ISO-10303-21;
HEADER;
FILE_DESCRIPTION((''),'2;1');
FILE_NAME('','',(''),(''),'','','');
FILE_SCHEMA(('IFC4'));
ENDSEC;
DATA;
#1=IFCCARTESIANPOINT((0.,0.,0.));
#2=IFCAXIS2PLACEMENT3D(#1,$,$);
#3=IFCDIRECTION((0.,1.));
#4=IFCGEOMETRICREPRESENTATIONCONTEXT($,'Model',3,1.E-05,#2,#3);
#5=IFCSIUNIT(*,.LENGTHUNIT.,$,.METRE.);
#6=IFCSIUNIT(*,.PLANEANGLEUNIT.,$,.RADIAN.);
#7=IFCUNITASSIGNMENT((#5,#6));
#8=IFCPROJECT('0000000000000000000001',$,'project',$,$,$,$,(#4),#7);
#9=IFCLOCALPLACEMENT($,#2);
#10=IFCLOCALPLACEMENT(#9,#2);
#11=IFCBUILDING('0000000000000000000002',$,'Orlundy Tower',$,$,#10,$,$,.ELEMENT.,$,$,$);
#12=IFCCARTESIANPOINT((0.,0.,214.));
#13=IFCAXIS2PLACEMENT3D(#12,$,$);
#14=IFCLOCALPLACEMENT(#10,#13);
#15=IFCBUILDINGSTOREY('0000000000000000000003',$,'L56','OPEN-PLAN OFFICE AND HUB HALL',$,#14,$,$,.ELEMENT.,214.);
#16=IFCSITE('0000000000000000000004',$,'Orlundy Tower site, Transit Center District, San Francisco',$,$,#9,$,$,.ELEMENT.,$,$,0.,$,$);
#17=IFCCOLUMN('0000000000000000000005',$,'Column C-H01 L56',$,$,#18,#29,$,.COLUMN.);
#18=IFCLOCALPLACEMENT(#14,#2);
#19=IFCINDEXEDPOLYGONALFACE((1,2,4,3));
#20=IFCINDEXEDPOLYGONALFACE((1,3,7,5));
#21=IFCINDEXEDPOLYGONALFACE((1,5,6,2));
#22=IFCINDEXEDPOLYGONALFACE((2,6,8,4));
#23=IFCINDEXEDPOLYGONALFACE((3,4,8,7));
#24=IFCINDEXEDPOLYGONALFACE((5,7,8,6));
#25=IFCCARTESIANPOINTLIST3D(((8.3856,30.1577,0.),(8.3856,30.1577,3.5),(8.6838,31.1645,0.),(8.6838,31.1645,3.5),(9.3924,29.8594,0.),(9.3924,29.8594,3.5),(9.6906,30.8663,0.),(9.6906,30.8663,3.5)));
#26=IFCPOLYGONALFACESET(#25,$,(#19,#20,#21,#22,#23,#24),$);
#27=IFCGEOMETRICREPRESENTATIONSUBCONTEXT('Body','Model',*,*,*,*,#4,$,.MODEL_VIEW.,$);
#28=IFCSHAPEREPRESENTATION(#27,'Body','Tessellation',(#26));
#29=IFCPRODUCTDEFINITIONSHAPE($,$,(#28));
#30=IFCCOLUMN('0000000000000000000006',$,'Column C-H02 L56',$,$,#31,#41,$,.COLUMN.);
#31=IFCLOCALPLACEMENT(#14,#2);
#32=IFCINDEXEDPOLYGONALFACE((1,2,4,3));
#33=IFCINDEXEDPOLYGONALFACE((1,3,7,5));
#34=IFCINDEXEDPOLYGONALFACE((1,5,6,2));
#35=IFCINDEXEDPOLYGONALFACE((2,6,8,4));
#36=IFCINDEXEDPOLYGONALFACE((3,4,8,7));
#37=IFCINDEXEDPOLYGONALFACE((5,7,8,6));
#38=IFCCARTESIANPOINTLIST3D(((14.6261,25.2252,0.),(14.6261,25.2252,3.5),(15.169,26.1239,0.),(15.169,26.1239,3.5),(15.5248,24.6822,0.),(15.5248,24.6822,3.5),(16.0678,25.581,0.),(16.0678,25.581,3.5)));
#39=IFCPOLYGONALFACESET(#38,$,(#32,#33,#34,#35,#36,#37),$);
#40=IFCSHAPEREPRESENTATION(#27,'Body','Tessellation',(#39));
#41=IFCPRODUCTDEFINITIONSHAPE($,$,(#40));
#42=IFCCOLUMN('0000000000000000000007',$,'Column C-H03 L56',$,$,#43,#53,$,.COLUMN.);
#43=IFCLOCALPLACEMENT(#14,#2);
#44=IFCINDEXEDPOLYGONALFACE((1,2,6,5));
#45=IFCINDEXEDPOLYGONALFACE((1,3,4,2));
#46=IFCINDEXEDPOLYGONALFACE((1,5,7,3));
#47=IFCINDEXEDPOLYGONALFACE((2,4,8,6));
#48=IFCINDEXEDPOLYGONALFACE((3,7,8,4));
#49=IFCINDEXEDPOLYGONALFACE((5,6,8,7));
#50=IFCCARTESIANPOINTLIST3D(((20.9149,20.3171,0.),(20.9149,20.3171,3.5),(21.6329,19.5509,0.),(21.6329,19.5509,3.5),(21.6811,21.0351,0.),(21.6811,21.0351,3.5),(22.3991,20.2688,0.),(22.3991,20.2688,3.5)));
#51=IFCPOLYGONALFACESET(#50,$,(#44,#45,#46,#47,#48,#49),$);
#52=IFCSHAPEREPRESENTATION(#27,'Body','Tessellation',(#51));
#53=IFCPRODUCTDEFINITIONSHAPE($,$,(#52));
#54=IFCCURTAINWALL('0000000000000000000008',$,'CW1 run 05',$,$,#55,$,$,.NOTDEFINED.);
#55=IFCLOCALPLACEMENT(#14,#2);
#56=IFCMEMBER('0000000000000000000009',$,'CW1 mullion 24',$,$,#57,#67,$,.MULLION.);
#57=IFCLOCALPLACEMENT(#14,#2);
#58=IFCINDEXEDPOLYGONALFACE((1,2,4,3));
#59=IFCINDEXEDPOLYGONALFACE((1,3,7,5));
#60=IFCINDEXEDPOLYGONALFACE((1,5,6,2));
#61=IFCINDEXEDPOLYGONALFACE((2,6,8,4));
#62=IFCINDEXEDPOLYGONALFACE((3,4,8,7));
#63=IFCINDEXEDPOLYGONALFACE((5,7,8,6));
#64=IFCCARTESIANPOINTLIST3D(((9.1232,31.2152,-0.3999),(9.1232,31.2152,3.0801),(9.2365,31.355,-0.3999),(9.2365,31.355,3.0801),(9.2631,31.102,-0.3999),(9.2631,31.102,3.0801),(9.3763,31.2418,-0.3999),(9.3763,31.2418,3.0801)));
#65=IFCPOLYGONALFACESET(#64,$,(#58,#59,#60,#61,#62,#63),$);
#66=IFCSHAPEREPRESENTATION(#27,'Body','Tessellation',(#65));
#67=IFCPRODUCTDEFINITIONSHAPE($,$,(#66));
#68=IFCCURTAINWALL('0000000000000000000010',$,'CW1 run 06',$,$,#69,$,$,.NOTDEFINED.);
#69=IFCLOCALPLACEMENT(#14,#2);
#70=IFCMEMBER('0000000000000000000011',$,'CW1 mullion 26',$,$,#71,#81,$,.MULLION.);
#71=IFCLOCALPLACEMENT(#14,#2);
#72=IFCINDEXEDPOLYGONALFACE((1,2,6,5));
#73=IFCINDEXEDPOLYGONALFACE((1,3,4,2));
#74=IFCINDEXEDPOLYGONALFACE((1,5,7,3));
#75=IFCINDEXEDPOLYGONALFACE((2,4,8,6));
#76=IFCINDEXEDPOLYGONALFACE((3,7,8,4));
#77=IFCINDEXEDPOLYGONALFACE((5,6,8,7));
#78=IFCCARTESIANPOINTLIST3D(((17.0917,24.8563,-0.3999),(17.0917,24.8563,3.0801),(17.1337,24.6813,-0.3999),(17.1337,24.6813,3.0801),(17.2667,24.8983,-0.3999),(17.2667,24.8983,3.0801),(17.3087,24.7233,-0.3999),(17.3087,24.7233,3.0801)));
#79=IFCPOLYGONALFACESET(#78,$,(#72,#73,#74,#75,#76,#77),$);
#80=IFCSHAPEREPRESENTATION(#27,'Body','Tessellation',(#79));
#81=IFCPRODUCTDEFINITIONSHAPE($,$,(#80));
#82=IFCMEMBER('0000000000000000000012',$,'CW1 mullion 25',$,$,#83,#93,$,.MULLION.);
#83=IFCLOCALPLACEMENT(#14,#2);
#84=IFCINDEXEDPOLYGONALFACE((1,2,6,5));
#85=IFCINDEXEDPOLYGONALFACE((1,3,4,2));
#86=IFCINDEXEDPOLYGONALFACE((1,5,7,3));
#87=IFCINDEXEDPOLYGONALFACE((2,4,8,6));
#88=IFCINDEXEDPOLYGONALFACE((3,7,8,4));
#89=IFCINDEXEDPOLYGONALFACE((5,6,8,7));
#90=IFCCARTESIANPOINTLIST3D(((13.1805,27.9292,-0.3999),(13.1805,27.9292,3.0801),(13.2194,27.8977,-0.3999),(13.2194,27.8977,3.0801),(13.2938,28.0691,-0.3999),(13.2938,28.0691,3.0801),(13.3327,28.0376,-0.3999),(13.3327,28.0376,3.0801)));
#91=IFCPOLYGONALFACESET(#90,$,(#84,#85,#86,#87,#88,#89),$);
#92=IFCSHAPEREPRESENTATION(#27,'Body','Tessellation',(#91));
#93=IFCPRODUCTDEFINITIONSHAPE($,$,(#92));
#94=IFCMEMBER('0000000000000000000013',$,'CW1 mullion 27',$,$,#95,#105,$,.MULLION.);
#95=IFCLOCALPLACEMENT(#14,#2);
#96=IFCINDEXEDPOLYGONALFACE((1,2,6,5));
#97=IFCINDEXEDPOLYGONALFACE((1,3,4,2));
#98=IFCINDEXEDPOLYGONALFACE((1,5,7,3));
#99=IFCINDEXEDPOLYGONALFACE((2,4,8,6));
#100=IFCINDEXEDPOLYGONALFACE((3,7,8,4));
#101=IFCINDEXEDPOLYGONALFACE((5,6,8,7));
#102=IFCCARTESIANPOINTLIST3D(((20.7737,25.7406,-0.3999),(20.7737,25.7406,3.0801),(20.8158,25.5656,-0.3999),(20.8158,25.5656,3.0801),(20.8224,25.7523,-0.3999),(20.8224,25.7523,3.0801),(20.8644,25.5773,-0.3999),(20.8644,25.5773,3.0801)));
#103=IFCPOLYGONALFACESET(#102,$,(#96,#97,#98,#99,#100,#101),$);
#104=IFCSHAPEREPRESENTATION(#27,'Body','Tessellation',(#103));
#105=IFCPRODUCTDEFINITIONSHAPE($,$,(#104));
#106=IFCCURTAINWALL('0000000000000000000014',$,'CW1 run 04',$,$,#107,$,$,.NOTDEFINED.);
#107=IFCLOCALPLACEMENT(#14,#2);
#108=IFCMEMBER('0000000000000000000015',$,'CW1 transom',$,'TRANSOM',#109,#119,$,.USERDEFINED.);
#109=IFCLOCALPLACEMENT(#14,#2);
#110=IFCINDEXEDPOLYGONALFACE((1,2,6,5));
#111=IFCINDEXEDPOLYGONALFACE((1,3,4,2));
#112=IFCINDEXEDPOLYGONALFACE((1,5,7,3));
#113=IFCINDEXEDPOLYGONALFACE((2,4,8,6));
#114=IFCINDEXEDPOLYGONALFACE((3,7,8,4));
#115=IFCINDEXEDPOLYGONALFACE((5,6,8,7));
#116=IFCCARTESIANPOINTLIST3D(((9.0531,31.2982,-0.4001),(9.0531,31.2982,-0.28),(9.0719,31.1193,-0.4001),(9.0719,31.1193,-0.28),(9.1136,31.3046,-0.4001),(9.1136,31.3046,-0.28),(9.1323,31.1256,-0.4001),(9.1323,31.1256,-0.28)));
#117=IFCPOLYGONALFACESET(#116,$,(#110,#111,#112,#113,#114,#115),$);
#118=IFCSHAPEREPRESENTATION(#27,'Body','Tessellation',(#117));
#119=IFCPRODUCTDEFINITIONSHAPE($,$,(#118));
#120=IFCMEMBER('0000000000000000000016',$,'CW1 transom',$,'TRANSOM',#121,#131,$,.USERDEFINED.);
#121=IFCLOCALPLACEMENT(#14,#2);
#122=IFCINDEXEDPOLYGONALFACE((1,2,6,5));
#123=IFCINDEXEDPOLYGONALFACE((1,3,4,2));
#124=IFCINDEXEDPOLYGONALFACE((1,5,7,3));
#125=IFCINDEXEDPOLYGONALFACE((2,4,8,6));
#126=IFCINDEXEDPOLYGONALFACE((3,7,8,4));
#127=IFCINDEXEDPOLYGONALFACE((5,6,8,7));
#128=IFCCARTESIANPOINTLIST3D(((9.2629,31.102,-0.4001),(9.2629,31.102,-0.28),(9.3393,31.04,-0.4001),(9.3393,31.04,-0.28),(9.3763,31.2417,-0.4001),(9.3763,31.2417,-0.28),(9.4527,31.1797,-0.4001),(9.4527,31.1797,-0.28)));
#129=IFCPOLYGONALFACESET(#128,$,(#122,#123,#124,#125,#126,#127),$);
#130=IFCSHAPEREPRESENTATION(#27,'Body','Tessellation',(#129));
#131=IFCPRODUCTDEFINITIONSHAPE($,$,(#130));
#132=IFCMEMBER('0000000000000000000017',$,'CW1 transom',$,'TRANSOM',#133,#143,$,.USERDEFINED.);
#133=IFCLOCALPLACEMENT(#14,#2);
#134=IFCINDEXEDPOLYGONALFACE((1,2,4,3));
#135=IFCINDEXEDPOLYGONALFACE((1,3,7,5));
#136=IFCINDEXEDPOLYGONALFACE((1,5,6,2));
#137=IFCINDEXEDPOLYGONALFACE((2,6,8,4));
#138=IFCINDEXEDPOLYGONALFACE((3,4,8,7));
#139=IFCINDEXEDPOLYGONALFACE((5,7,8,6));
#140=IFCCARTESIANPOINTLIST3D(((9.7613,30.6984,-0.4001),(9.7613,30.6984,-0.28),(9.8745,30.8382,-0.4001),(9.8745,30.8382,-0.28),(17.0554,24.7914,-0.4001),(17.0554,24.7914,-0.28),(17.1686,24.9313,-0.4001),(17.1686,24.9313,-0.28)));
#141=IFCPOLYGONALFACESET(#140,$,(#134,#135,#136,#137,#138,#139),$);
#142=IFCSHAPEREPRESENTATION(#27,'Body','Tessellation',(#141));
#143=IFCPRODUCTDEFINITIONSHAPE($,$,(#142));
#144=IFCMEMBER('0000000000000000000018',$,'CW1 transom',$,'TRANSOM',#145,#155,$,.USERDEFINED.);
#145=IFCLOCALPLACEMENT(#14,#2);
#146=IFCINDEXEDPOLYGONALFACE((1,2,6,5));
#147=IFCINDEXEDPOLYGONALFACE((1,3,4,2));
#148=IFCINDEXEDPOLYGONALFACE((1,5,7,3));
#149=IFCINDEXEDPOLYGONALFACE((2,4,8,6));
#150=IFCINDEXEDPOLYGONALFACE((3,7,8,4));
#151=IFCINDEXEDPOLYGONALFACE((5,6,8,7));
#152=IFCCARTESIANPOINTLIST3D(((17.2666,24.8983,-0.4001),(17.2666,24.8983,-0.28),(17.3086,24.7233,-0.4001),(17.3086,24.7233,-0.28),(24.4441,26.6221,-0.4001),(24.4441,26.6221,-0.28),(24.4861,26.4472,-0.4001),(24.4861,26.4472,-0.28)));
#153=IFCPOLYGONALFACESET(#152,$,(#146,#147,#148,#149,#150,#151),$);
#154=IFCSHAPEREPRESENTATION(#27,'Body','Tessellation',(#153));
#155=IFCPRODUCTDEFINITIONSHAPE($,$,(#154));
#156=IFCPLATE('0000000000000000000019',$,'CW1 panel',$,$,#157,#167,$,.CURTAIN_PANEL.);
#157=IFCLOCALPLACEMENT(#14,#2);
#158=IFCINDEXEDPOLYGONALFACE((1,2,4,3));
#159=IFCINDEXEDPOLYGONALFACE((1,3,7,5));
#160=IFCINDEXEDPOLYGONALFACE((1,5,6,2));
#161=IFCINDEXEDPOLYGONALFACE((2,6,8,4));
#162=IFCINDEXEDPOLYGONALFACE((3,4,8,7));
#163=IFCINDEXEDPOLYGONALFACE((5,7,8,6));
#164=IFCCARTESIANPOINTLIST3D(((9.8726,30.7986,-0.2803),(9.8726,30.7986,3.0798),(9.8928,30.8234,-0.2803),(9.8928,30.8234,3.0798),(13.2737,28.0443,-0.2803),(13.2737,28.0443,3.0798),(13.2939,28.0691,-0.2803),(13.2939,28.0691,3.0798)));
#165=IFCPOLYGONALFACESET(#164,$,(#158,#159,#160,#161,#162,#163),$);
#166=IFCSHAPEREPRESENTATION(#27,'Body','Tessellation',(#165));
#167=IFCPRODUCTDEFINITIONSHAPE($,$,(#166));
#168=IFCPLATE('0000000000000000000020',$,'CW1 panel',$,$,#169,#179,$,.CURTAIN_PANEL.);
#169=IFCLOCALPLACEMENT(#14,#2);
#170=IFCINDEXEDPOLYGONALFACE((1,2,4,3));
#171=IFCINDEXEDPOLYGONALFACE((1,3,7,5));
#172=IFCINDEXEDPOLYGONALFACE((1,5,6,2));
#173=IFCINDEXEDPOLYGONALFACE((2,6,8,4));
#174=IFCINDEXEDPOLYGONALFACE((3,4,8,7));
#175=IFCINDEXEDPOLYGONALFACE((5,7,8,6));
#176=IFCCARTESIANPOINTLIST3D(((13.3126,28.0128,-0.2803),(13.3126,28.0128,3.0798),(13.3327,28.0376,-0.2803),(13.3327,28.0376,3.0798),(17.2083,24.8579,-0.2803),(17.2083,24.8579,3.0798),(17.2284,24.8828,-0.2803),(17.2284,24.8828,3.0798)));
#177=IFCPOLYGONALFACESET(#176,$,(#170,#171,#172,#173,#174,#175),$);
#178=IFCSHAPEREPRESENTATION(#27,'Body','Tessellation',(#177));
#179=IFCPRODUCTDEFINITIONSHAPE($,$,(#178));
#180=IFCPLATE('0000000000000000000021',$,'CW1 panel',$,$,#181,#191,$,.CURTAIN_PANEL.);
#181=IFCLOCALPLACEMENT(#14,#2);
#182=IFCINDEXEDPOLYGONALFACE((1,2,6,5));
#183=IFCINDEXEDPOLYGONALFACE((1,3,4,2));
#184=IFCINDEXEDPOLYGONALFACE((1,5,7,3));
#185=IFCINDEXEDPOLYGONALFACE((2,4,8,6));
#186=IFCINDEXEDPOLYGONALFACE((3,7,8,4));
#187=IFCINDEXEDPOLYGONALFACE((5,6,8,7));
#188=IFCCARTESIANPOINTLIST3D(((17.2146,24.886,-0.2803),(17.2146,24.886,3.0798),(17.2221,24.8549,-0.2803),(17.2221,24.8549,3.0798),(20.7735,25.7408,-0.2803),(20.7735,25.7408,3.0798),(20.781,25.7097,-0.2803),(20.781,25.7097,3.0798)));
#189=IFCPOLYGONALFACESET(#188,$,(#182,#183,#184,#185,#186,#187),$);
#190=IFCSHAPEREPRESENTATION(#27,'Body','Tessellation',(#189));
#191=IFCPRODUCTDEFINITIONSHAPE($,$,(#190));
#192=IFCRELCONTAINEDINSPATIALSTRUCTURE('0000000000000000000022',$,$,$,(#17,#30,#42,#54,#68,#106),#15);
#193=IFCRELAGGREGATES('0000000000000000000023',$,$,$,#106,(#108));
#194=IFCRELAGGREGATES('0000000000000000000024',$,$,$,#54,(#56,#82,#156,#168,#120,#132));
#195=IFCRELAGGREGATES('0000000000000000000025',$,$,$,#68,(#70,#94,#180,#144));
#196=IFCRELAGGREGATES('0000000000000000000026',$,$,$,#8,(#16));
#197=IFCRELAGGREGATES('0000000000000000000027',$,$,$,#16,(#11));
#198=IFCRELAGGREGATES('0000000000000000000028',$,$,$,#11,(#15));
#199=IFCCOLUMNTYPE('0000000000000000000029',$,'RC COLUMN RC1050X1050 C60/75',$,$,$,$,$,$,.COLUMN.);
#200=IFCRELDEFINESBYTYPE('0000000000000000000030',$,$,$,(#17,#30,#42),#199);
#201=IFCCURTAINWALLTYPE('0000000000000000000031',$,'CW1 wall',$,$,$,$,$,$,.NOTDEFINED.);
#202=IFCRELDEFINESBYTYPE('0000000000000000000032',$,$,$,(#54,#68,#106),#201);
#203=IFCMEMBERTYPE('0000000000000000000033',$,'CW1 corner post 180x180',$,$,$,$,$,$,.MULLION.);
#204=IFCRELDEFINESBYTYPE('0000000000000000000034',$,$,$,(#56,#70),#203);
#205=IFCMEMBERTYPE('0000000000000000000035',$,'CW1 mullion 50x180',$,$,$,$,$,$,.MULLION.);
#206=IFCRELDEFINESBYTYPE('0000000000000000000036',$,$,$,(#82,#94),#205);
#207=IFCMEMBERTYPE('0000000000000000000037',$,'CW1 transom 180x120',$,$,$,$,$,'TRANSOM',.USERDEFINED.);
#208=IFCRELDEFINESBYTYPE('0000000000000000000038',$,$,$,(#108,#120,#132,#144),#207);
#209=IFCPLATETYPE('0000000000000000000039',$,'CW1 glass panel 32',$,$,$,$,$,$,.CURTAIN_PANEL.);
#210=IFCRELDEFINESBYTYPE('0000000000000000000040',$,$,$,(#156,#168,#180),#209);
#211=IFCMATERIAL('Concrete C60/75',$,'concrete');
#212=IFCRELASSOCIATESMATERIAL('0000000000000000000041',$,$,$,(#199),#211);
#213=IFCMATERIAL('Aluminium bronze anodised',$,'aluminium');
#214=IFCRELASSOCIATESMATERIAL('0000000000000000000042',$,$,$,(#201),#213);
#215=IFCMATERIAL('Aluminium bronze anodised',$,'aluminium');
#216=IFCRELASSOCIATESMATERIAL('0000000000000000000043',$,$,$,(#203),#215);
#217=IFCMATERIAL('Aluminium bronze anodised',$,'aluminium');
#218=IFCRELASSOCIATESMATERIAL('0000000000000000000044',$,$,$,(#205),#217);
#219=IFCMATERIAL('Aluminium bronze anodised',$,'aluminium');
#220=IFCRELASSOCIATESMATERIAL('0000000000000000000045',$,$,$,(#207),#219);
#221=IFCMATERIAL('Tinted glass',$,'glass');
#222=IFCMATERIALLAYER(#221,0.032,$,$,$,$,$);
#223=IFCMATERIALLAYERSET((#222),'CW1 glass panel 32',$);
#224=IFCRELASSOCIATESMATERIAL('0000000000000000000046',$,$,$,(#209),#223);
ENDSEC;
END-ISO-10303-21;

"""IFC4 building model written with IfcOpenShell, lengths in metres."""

from ifc_helpers import new_model, si_unit, direction, frame, origin, origin_2d, place, context, subcontext, project, spatial, rectangle, extrude, material, layer, layer_set, material_profile, profile_set, type_object, element, aggregate, save


model = new_model("IFC4")

# Units and contexts
model_context = context("Model", 3, precision=1e-05, world=origin(), true_north=direction((0.0, 1.0)))
body_context = subcontext(model_context, "Body", "Model", "MODEL_VIEW")
ifc_project = project(units=[si_unit("LENGTHUNIT", "METRE"), si_unit("PLANEANGLEUNIT", "RADIAN")], contexts=[model_context])

# Site, building, storey
site_placement = place(None, origin())
site = spatial("IfcSite", under=ifc_project, at=site_placement, Name="Orlundy Tower site, Transit Center District, San Francisco", CompositionType="ELEMENT", RefElevation=0.0)
building_placement = place(site_placement, origin())
building = spatial("IfcBuilding", under=site, at=building_placement, Name="Orlundy Tower", CompositionType="ELEMENT")
storey_placement = place(building_placement, frame((0.0, 0.0, 214.0)))
storey = spatial("IfcBuildingStorey", under=building, at=storey_placement, Name="L56", Description="OPEN-PLAN OFFICE AND HUB HALL", CompositionType="ELEMENT", Elevation=214.0)

# Columns
ifc_material_1 = material(Name="Concrete C60/75", Category="concrete")
ifc_material_profile_1 = material_profile(ifc_material_1, rectangle(XDim=1.05, YDim=1.05, at=origin_2d()), Name="RC1050X1050")
ifc_profile_set_1 = profile_set([ifc_material_profile_1], Name="Concrete C60/75")
column_type = type_object("IfcColumnType", Name="RC COLUMN RC1050X1050 C60/75", PredefinedType="COLUMN", material=ifc_profile_set_1)
for number, where, z_axis, x_axis, name in (
    (1, (9.0381, 30.512, 0.0), (0.0, 0.0, 1.0), (0.284015, 0.95882, 0.0), "Column C-H01 L56"),
    (2, (15.3469, 25.4031, 0.0), (0.0, 0.0, 1.0), (0.517101, 0.855924, 0.0), "Column C-H02 L56"),
    (3, (21.657, 20.293, 0.0), (0.0, 0.0, 1.0), (0.729709, 0.683758, 0.0), "Column C-H03 L56"),
):
    element("IfcColumn", number, at=place(storey_placement, frame(where, z_axis=z_axis, x_axis=x_axis)), inside=storey, type_object=column_type, Name=name, PredefinedType="COLUMN", context=body_context, shape_type="SweptSolid", body=[
        extrude(rectangle(XDim=1.05, YDim=1.05, at=origin_2d()), origin(), (0.0, 0.0, 1.0), 3.5),
    ])

# Curtain walls, members
ifc_material_2 = material(Name="Aluminium bronze anodised", Category="aluminium")
curtain_wall_type = type_object("IfcCurtainWallType", Name="CW1 wall", PredefinedType="NOTDEFINED", material=ifc_material_2)
curtain_wall_1_placement = place(storey_placement, origin())
curtain_wall_1 = element("IfcCurtainWall", 4, at=curtain_wall_1_placement, inside=storey, type_object=curtain_wall_type, Name="CW1 run 05", PredefinedType="NOTDEFINED")
ifc_material_3 = material(Name="Aluminium bronze anodised", Category="aluminium")
ifc_material_profile_2 = material_profile(ifc_material_3, rectangle(XDim=0.1799, YDim=0.1799, at=origin_2d()), Name="CW1 corner post 180x180")
ifc_profile_set_2 = profile_set([ifc_material_profile_2], Name="Aluminium bronze anodised")
member_type_1 = type_object("IfcMemberType", Name="CW1 corner post 180x180", PredefinedType="MULLION", material=ifc_profile_set_2)
member_1_placement = place(storey_placement, frame((9.2498, 31.2285, -0.3999), z_axis=(0.0, 0.0, 1.0), x_axis=(0.629342, 0.777129, 0.0)))
member_1 = element("IfcMember", 5, at=member_1_placement, type_object=member_type_1, Name="CW1 mullion 24", PredefinedType="MULLION", context=body_context, shape_type="SweptSolid", body=[
    extrude(rectangle(XDim=0.1799, YDim=0.1799, at=origin_2d()), origin(), (0.0, 0.0, 1.0), 3.48),
])
curtain_wall_2_placement = place(storey_placement, origin())
curtain_wall_2 = element("IfcCurtainWall", 6, at=curtain_wall_2_placement, inside=storey, type_object=curtain_wall_type, Name="CW1 run 06", PredefinedType="NOTDEFINED")
member_2_placement = place(storey_placement, frame((17.2002, 24.7898, -0.3999), z_axis=(0.0, 0.0, 1.0), x_axis=(-0.233529, 0.97235, 0.0)))
member_2 = element("IfcMember", 7, at=member_2_placement, type_object=member_type_1, Name="CW1 mullion 26", PredefinedType="MULLION", context=body_context, shape_type="SweptSolid", body=[
    extrude(rectangle(XDim=0.1799, YDim=0.1799, at=origin_2d()), origin(), (0.0, 0.0, 1.0), 3.48),
])

# Members
ifc_material_4 = material(Name="Aluminium bronze anodised", Category="aluminium")
ifc_material_profile_3 = material_profile(ifc_material_4, rectangle(XDim=0.1799, YDim=0.05, at=origin_2d()), Name="CW1 mullion 50x180")
ifc_profile_set_3 = profile_set([ifc_material_profile_3], Name="Aluminium bronze anodised")
member_type_2 = type_object("IfcMemberType", Name="CW1 mullion 50x180", PredefinedType="MULLION", material=ifc_profile_set_3)
member_3_placement = place(storey_placement, frame((13.2566, 27.9834, -0.3999), z_axis=(0.0, 0.0, 1.0), x_axis=(0.629342, 0.777129, 0.0)))
member_3 = element("IfcMember", 8, at=member_3_placement, type_object=member_type_2, Name="CW1 mullion 25", PredefinedType="MULLION", context=body_context, shape_type="SweptSolid", body=[
    extrude(rectangle(XDim=0.1799, YDim=0.05, at=origin_2d()), origin(), (0.0, 0.0, 1.0), 3.48),
])
member_4_placement = place(storey_placement, frame((20.8191, 25.6589, -0.3999), z_axis=(0.0, 0.0, 1.0), x_axis=(-0.233529, 0.97235, 0.0)))
member_4 = element("IfcMember", 9, at=member_4_placement, type_object=member_type_2, Name="CW1 mullion 27", PredefinedType="MULLION", context=body_context, shape_type="SweptSolid", body=[
    extrude(rectangle(XDim=0.1799, YDim=0.05, at=origin_2d()), origin(), (0.0, 0.0, 1.0), 3.48),
])

# Curtain wall, member
curtain_wall_3_placement = place(storey_placement, origin())
curtain_wall_3 = element("IfcCurtainWall", 10, at=curtain_wall_3_placement, inside=storey, type_object=curtain_wall_type, Name="CW1 run 04", PredefinedType="NOTDEFINED")
ifc_material_5 = material(Name="Aluminium bronze anodised", Category="aluminium")
ifc_material_profile_4 = material_profile(ifc_material_5, rectangle(XDim=0.1799, YDim=0.1201, at=origin_2d()), Name="CW1 transom 180x120")
ifc_profile_set_4 = profile_set([ifc_material_profile_4], Name="Aluminium bronze anodised")
member_type_3 = type_object("IfcMemberType", Name="CW1 transom 180x120", ElementType="TRANSOM", PredefinedType="USERDEFINED", material=ifc_profile_set_4)
member_5_placement = place(storey_placement, frame((9.0625, 31.2087, -0.3401), z_axis=(0.994549, 0.104267, 0.0), x_axis=(-0.104267, 0.994549, 0.0)))
member_5 = element("IfcMember", 11, at=member_5_placement, type_object=member_type_3, Name="CW1 transom", ObjectType="TRANSOM", PredefinedType="USERDEFINED", context=body_context, shape_type="SweptSolid", body=[
    extrude(rectangle(XDim=0.1799, YDim=0.1201, at=origin_2d()), origin(), (0.0, 0.0, 1.0), 0.0608),
])
aggregate(curtain_wall_3, [member_5])

# Members
member_6_placement = place(storey_placement, frame((9.3196, 31.1719, -0.3401), z_axis=(0.776493, -0.630126, 0.0), x_axis=(0.630126, 0.776493, 0.0)))
member_6 = element("IfcMember", 12, at=member_6_placement, type_object=member_type_3, Name="CW1 transom", ObjectType="TRANSOM", PredefinedType="USERDEFINED", context=body_context, shape_type="SweptSolid", body=[
    extrude(rectangle(XDim=0.1799, YDim=0.1201, at=origin_2d()), origin(), (0.0, 0.0, 1.0), 0.0984),
])
member_7_placement = place(storey_placement, frame((9.8179, 30.7683, -0.3401), z_axis=(0.777132, -0.629337, 0.0), x_axis=(0.629337, 0.777132, 0.0)))
member_7 = element("IfcMember", 13, at=member_7_placement, type_object=member_type_3, Name="CW1 transom", ObjectType="TRANSOM", PredefinedType="USERDEFINED", context=body_context, shape_type="SweptSolid", body=[
    extrude(rectangle(XDim=0.1799, YDim=0.1201, at=origin_2d()), origin(), (0.0, 0.0, 1.0), 9.386),
])
member_8_placement = place(storey_placement, frame((17.2876, 24.8108, -0.3401), z_axis=(0.972348, 0.233537, 0.0), x_axis=(-0.233537, 0.972348, 0.0)))
member_8 = element("IfcMember", 14, at=member_8_placement, type_object=member_type_3, Name="CW1 transom", ObjectType="TRANSOM", PredefinedType="USERDEFINED", context=body_context, shape_type="SweptSolid", body=[
    extrude(rectangle(XDim=0.1799, YDim=0.1201, at=origin_2d()), origin(), (0.0, 0.0, 1.0), 7.3816),
])

# Plates
ifc_material_6 = material(Name="Tinted glass", Category="glass")
ifc_layer_1 = layer(ifc_material_6, 0.032)
ifc_layer_set_1 = layer_set([ifc_layer_1], Name="CW1 glass panel 32")
plate_type = type_object("IfcPlateType", Name="CW1 glass panel 32", PredefinedType="CURTAIN_PANEL", material=ifc_layer_set_1)
plate_1_placement = place(storey_placement, frame((11.5833, 29.4338, -0.2803), z_axis=(0.0, 0.0, 1.0), x_axis=(0.777129, -0.629342, 0.0)))
plate_1 = element("IfcPlate", 15, at=plate_1_placement, type_object=plate_type, Name="CW1 panel", PredefinedType="CURTAIN_PANEL", context=body_context, shape_type="SweptSolid", body=[
    extrude(rectangle(XDim=4.3765, YDim=0.032, at=origin_2d()), origin(), (0.0, 0.0, 1.0), 3.3601),
])
plate_2_placement = place(storey_placement, frame((15.2705, 26.4478, -0.2803), z_axis=(0.0, 0.0, 1.0), x_axis=(0.777129, -0.629342, 0.0)))
plate_2 = element("IfcPlate", 16, at=plate_2_placement, type_object=plate_type, Name="CW1 panel", PredefinedType="CURTAIN_PANEL", context=body_context, shape_type="SweptSolid", body=[
    extrude(rectangle(XDim=5.0129, YDim=0.032, at=origin_2d()), origin(), (0.0, 0.0, 1.0), 3.3601),
])
aggregate(curtain_wall_1, [member_1, member_3, plate_1, plate_2, member_6, member_7])
plate_3_placement = place(storey_placement, frame((18.9978, 25.2979, -0.2803), z_axis=(0.0, 0.0, 1.0), x_axis=(0.97235, 0.233529, 0.0)))
plate_3 = element("IfcPlate", 17, at=plate_3_placement, type_object=plate_type, Name="CW1 panel", PredefinedType="CURTAIN_PANEL", context=body_context, shape_type="SweptSolid", body=[
    extrude(rectangle(XDim=3.6602, YDim=0.032, at=origin_2d()), origin(), (0.0, 0.0, 1.0), 3.3601),
])
aggregate(curtain_wall_2, [member_2, member_4, plate_3, member_8])

save(model, "model.ifc")
